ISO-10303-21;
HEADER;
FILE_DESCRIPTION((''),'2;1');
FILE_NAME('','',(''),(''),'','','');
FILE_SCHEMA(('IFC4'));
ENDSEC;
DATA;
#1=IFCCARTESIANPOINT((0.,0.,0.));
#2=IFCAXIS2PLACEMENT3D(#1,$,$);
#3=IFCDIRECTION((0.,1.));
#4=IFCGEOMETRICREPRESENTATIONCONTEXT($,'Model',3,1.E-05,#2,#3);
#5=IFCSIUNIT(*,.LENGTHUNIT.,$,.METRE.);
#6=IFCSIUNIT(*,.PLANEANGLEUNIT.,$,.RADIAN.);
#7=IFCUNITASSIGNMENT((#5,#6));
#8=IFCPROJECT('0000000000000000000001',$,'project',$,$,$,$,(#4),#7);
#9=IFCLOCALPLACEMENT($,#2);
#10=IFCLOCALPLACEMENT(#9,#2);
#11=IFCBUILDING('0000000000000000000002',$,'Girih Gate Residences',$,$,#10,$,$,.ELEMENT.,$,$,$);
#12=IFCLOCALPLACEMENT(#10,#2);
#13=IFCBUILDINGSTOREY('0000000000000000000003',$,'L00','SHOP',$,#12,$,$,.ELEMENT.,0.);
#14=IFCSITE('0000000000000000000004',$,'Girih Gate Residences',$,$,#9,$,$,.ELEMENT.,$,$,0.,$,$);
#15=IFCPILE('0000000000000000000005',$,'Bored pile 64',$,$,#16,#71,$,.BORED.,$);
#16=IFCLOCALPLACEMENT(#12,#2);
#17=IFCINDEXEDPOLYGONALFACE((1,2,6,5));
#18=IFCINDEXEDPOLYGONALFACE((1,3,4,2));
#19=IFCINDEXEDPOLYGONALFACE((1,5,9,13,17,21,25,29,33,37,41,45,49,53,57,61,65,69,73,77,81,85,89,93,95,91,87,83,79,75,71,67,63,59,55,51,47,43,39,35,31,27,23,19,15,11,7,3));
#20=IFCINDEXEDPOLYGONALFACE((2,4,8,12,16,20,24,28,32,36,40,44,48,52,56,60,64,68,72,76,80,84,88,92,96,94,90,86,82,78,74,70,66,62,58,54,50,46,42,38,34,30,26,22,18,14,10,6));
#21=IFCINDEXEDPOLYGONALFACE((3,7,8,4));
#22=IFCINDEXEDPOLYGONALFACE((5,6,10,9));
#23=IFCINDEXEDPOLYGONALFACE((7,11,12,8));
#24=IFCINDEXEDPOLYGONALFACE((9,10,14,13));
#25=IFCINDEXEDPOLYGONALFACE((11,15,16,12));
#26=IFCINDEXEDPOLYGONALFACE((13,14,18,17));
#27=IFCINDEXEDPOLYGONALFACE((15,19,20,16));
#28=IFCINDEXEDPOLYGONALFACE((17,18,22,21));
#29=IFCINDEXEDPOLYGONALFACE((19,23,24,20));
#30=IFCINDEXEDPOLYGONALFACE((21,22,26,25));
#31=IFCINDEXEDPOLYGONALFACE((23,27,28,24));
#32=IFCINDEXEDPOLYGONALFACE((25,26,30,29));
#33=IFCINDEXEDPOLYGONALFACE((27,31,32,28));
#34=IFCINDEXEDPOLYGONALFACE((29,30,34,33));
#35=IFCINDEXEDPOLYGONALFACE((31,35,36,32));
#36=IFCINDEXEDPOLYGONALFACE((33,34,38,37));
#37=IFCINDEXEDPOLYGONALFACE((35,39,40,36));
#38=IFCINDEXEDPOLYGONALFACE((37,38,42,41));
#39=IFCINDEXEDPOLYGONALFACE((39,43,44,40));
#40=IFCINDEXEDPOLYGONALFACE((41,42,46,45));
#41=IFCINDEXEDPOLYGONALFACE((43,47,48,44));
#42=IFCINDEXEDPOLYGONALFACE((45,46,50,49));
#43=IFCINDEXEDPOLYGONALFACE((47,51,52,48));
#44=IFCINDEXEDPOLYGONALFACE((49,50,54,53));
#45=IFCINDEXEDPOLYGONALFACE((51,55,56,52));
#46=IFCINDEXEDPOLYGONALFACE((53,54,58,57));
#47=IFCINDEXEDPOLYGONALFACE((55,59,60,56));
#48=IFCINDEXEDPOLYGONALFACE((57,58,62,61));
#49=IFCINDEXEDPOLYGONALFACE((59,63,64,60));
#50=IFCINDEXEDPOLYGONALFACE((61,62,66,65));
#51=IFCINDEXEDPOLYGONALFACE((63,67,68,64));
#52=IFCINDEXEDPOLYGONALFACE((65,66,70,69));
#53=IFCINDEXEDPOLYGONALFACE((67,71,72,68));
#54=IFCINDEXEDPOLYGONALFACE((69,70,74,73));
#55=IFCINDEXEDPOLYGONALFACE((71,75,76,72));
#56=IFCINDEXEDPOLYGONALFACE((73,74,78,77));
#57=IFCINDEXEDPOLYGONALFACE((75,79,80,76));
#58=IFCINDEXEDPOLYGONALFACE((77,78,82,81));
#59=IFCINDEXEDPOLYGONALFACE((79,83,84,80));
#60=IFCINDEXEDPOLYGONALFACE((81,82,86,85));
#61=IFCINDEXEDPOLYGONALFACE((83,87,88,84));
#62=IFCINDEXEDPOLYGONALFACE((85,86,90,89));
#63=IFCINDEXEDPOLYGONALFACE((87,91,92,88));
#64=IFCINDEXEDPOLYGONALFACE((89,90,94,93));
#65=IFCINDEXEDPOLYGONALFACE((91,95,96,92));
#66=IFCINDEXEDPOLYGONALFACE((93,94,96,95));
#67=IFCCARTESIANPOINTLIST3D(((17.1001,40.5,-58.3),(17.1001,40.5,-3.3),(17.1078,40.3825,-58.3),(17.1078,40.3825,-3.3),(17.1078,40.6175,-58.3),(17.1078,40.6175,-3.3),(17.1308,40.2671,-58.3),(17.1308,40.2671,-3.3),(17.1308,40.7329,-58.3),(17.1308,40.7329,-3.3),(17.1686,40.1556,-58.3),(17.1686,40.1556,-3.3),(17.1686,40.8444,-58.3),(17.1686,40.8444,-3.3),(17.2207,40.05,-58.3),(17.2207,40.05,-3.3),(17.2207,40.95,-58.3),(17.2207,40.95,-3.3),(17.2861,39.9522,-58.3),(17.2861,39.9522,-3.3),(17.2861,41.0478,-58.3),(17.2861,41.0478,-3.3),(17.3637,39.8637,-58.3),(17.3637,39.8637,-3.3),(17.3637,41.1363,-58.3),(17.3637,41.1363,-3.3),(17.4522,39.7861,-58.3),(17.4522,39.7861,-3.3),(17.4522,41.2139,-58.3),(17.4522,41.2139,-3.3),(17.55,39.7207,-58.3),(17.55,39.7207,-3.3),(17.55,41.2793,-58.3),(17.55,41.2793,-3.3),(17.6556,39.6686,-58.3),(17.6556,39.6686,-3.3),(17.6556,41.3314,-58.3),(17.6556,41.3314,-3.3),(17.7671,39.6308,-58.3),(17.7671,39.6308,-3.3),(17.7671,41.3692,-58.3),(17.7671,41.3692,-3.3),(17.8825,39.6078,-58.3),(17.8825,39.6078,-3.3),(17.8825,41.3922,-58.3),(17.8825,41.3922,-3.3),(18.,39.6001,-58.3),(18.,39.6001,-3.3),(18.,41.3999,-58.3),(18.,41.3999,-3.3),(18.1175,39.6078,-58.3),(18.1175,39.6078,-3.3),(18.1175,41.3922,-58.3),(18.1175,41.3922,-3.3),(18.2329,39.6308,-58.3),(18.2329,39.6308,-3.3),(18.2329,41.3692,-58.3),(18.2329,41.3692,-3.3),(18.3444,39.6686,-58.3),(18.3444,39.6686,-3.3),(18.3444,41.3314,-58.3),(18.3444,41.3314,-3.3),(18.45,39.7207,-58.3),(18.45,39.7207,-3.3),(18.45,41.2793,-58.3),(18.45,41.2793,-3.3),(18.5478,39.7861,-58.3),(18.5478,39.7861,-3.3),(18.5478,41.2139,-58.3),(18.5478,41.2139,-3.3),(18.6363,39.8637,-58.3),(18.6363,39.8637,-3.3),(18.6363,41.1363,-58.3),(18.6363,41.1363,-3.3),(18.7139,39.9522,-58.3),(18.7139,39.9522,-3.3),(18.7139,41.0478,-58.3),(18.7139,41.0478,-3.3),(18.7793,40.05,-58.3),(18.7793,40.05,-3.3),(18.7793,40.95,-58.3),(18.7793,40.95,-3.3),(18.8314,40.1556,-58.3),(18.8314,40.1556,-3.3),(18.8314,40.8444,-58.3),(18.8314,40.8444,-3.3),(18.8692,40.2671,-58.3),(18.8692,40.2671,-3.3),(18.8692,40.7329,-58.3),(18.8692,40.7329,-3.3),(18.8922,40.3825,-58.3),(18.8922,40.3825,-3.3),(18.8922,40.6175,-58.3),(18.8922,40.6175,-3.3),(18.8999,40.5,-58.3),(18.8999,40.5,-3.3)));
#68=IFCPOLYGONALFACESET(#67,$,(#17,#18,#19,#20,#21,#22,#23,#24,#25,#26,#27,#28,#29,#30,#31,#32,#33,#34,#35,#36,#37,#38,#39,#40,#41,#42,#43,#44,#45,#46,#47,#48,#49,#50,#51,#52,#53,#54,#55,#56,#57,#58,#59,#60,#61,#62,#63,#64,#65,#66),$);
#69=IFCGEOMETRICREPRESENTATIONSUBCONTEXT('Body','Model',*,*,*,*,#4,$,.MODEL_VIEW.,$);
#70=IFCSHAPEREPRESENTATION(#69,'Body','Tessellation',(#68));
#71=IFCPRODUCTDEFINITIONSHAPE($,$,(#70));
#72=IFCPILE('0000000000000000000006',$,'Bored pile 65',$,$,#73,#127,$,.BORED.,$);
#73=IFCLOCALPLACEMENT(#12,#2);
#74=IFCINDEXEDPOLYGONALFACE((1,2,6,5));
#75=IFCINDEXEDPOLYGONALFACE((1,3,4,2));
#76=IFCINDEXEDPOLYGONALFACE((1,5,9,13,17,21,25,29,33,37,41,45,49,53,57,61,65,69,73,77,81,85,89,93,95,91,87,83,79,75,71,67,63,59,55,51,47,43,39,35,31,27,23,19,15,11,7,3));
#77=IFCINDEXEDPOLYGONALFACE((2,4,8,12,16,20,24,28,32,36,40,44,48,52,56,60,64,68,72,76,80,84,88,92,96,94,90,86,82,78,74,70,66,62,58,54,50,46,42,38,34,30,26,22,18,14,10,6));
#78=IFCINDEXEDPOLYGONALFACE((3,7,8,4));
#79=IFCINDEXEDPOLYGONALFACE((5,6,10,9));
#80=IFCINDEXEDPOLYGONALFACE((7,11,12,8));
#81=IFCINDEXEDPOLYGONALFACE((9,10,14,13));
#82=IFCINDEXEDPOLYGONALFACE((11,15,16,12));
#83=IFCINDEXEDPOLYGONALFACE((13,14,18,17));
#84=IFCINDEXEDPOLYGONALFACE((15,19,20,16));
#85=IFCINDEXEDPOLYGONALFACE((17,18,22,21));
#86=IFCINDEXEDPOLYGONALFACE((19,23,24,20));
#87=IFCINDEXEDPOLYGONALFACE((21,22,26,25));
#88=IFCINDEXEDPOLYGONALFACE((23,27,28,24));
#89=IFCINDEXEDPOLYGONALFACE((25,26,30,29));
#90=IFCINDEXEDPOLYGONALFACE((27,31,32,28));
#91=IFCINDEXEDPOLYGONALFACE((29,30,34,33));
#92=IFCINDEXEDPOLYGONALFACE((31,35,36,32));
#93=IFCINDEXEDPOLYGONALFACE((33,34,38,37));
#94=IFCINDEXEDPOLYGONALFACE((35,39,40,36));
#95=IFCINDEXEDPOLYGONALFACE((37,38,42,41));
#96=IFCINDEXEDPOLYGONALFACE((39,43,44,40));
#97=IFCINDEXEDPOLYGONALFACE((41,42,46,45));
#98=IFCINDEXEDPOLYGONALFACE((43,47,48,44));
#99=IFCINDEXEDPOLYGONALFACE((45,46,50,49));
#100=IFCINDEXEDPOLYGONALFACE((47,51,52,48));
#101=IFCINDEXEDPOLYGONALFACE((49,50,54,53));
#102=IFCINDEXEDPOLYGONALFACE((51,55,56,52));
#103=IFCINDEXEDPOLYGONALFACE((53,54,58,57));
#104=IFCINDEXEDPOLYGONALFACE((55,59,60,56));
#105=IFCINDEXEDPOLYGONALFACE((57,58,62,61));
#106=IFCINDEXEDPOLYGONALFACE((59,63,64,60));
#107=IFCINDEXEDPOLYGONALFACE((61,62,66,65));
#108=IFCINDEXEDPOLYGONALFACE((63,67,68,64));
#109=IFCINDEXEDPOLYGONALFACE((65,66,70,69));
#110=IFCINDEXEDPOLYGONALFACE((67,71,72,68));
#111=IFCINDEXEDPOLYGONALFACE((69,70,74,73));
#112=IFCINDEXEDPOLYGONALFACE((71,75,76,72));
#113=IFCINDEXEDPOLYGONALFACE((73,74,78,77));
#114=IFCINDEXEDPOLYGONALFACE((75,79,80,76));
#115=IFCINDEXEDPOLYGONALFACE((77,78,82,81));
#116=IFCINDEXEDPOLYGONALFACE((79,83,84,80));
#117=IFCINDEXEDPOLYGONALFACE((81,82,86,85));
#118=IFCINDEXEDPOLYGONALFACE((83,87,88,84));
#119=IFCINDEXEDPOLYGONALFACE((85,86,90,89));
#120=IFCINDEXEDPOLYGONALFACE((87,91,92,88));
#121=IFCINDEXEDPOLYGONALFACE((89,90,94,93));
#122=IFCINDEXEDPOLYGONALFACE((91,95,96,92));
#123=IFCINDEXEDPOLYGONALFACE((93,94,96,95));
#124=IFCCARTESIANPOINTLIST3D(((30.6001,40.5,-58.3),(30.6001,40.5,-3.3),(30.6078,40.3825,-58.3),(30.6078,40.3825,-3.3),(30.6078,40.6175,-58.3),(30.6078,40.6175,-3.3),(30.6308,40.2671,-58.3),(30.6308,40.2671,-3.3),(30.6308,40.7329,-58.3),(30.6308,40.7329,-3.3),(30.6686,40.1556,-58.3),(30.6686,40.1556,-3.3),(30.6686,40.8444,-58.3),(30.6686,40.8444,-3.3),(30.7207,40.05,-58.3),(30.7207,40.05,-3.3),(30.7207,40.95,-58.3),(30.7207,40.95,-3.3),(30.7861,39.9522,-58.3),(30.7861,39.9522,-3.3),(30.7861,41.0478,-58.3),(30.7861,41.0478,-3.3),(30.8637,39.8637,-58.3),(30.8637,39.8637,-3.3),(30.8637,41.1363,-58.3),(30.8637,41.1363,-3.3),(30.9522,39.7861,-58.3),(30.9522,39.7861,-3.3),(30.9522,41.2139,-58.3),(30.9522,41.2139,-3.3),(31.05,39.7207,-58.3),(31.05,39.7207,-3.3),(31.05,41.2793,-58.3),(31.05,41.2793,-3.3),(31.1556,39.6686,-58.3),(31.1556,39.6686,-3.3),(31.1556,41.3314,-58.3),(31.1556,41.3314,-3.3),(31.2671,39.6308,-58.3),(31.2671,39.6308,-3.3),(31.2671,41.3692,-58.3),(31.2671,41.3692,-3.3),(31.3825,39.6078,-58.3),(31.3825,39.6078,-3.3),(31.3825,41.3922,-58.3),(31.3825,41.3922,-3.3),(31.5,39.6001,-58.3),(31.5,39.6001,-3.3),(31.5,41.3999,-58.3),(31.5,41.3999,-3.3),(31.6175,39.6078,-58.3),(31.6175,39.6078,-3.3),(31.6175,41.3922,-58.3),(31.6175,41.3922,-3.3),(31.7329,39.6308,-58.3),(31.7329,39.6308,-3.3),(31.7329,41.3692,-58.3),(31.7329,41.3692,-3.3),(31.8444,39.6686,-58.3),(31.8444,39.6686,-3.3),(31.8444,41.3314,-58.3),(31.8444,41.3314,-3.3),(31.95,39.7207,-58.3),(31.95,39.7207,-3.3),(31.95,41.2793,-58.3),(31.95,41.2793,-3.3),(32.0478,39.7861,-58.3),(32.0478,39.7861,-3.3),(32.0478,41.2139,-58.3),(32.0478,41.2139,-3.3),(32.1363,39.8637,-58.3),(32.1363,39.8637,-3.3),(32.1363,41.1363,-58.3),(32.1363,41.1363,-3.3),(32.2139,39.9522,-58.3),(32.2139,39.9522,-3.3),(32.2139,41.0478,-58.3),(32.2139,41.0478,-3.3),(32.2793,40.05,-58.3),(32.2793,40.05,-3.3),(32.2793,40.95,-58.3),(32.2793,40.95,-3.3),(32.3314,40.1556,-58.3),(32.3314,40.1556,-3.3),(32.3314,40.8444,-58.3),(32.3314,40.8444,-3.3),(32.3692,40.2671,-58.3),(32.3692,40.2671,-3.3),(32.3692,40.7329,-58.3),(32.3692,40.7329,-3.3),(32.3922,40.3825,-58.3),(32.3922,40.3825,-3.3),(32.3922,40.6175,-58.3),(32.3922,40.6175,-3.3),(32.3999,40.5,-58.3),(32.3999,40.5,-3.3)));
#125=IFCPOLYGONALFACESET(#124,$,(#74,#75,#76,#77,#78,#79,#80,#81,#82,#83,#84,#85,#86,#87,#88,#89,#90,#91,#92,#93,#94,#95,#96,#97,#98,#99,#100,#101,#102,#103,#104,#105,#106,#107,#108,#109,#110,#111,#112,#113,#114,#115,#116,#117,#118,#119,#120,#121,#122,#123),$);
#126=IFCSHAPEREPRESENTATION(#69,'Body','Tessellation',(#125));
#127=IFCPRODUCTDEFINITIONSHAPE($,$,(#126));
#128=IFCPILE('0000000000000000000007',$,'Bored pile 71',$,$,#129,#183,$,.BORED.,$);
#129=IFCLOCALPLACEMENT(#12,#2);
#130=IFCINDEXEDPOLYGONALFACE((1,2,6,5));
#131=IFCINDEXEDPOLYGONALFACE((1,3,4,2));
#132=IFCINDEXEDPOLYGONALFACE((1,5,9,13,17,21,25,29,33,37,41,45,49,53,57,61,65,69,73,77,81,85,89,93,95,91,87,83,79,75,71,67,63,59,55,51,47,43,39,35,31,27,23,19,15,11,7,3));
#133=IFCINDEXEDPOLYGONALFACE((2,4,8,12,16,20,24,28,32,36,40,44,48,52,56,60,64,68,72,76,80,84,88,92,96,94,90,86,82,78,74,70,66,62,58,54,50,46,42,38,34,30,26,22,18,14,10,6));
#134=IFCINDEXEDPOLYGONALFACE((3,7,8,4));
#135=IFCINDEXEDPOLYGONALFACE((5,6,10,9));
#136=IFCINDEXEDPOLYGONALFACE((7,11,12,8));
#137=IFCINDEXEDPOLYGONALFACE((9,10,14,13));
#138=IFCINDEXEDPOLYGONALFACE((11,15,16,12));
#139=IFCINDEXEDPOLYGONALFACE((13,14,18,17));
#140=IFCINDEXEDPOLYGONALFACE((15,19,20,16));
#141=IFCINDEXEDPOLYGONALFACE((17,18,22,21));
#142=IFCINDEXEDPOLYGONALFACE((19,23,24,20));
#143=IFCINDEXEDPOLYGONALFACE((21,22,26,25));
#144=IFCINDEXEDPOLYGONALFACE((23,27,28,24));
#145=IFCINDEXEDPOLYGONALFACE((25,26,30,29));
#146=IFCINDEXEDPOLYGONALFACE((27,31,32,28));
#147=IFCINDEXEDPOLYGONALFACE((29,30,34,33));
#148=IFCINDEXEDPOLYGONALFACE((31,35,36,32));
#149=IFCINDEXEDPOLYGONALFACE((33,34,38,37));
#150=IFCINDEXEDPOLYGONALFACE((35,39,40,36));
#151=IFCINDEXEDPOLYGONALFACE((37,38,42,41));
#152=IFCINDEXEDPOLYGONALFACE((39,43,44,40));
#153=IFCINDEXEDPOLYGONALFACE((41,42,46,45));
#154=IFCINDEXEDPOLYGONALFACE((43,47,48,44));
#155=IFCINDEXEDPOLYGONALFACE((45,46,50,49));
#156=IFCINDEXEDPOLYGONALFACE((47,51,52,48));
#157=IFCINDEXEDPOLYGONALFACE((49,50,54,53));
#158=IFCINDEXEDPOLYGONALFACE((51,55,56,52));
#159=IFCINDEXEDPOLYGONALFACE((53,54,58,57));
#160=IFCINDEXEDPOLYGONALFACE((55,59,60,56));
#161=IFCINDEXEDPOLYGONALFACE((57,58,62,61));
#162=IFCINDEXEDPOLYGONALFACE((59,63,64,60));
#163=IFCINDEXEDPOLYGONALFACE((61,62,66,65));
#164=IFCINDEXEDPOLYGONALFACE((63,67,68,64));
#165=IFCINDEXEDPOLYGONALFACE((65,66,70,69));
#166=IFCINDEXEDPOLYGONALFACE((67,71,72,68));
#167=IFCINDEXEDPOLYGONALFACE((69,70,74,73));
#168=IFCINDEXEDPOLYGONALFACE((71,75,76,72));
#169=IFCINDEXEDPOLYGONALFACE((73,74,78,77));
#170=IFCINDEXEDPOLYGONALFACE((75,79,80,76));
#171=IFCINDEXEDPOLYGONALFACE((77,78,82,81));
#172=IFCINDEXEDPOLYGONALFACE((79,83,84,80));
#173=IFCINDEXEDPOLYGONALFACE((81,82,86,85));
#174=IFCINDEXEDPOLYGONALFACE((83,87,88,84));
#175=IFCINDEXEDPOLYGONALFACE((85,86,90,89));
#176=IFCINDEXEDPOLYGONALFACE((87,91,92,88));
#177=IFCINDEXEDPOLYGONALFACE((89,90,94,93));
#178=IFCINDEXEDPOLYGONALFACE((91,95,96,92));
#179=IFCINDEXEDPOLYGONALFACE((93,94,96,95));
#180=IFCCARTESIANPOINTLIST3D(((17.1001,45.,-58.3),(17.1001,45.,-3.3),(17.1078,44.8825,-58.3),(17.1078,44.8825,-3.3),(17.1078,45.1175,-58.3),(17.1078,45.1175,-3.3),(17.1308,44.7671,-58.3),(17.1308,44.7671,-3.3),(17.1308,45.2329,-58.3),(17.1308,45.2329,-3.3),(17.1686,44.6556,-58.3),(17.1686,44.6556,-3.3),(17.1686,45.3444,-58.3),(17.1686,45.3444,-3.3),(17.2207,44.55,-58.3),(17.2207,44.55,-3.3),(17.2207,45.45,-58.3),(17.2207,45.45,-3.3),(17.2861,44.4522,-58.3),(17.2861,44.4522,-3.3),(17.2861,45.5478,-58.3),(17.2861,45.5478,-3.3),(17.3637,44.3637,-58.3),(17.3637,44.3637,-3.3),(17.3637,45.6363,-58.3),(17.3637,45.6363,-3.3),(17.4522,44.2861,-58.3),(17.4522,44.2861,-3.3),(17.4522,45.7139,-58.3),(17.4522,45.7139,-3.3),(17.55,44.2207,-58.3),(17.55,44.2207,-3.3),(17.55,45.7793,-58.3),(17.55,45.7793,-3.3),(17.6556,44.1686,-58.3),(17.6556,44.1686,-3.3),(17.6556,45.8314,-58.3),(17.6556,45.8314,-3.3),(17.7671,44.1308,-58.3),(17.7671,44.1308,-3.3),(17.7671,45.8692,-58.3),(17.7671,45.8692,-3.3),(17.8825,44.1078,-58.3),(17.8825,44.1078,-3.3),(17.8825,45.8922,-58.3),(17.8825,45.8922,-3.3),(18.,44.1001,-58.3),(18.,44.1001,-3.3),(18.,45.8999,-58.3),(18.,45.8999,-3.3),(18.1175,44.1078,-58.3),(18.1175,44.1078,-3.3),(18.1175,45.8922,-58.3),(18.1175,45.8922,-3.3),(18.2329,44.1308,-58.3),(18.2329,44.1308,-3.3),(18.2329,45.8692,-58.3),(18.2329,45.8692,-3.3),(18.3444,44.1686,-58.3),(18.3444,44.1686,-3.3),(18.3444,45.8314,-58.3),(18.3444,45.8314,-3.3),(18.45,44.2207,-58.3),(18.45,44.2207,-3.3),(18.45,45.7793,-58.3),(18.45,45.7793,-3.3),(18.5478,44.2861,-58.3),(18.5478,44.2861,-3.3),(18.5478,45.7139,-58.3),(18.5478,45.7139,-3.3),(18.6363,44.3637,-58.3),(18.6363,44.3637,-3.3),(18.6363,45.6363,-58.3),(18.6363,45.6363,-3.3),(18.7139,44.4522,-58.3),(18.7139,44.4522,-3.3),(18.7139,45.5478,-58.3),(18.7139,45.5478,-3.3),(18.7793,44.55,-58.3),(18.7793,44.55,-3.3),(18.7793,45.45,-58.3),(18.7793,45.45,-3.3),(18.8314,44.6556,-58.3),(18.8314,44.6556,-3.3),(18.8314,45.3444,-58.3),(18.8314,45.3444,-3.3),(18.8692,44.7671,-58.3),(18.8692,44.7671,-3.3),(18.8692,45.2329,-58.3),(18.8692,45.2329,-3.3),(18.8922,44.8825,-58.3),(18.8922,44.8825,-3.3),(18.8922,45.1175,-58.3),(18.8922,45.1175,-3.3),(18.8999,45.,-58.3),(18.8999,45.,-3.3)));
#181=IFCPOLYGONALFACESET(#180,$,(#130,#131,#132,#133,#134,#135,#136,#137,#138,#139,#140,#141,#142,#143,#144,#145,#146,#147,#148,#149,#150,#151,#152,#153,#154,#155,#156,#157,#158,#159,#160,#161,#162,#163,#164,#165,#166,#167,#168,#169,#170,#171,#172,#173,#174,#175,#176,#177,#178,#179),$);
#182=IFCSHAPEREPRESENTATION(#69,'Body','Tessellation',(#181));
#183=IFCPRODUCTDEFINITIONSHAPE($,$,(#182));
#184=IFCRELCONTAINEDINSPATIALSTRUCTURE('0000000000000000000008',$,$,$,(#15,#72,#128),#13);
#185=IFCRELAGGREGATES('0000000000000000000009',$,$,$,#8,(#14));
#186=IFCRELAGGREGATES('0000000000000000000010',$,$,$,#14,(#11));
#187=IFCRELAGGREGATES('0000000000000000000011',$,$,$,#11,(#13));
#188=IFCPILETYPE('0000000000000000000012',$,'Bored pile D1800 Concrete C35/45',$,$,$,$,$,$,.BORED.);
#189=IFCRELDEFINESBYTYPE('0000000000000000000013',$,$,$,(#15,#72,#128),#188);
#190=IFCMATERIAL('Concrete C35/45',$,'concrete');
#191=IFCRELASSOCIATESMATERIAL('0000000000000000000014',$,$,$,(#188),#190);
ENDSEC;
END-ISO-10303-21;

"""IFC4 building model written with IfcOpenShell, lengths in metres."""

from ifc_helpers import new_model, si_unit, direction, frame, origin, origin_2d, place, context, subcontext, project, spatial, circle, extrude, material, material_profile, profile_set, type_object, element, save


model = new_model("IFC4")

# Units and contexts
model_context = context("Model", 3, precision=1e-05, world=origin(), true_north=direction((0.0, 1.0)))
body_context = subcontext(model_context, "Body", "Model", "MODEL_VIEW")
ifc_project = project(units=[si_unit("LENGTHUNIT", "METRE"), si_unit("PLANEANGLEUNIT", "RADIAN")], contexts=[model_context])

# Site, building, storey
site_placement = place(None, origin())
site = spatial("IfcSite", under=ifc_project, at=site_placement, Name="Girih Gate Residences", CompositionType="ELEMENT", RefElevation=0.0)
building_placement = place(site_placement, origin())
building = spatial("IfcBuilding", under=site, at=building_placement, Name="Girih Gate Residences", CompositionType="ELEMENT")
storey_placement = place(building_placement, origin())
storey = spatial("IfcBuildingStorey", under=building, at=storey_placement, Name="L00", Description="SHOP", CompositionType="ELEMENT", Elevation=0.0)

# Piles
ifc_material_1 = material(Name="Concrete C35/45", Category="concrete")
ifc_material_profile_1 = material_profile(ifc_material_1, circle(Radius=0.8999, at=origin_2d()))
ifc_profile_set_1 = profile_set([ifc_material_profile_1], Name="Concrete C35/45")
pile_type_1 = type_object("IfcPileType", Name="Bored pile D1800 Concrete C35/45", PredefinedType="BORED", material=ifc_profile_set_1)
for number, where, z_axis, x_axis, name in (
    (1, (18.0, 40.5, -3.3), (0.0, 0.0, -1.0), (1.0, 0.0, 0.0), "Bored pile 64"),
    (2, (31.5, 40.5, -3.3), (0.0, 0.0, -1.0), (1.0, 0.0, 0.0), "Bored pile 65"),
    (3, (18.0, 45.0, -3.3), (0.0, 0.0, -1.0), (1.0, 0.0, 0.0), "Bored pile 71"),
):
    element("IfcPile", number, at=place(storey_placement, frame(where, z_axis=z_axis, x_axis=x_axis)), inside=storey, type_object=pile_type_1, Name=name, PredefinedType="BORED", context=body_context, shape_type="SweptSolid", body=[
        extrude(circle(Radius=0.8999, at=origin_2d()), origin(), (0.0, 0.0, 1.0), 55.0),
    ])

save(model, "model.ifc")
